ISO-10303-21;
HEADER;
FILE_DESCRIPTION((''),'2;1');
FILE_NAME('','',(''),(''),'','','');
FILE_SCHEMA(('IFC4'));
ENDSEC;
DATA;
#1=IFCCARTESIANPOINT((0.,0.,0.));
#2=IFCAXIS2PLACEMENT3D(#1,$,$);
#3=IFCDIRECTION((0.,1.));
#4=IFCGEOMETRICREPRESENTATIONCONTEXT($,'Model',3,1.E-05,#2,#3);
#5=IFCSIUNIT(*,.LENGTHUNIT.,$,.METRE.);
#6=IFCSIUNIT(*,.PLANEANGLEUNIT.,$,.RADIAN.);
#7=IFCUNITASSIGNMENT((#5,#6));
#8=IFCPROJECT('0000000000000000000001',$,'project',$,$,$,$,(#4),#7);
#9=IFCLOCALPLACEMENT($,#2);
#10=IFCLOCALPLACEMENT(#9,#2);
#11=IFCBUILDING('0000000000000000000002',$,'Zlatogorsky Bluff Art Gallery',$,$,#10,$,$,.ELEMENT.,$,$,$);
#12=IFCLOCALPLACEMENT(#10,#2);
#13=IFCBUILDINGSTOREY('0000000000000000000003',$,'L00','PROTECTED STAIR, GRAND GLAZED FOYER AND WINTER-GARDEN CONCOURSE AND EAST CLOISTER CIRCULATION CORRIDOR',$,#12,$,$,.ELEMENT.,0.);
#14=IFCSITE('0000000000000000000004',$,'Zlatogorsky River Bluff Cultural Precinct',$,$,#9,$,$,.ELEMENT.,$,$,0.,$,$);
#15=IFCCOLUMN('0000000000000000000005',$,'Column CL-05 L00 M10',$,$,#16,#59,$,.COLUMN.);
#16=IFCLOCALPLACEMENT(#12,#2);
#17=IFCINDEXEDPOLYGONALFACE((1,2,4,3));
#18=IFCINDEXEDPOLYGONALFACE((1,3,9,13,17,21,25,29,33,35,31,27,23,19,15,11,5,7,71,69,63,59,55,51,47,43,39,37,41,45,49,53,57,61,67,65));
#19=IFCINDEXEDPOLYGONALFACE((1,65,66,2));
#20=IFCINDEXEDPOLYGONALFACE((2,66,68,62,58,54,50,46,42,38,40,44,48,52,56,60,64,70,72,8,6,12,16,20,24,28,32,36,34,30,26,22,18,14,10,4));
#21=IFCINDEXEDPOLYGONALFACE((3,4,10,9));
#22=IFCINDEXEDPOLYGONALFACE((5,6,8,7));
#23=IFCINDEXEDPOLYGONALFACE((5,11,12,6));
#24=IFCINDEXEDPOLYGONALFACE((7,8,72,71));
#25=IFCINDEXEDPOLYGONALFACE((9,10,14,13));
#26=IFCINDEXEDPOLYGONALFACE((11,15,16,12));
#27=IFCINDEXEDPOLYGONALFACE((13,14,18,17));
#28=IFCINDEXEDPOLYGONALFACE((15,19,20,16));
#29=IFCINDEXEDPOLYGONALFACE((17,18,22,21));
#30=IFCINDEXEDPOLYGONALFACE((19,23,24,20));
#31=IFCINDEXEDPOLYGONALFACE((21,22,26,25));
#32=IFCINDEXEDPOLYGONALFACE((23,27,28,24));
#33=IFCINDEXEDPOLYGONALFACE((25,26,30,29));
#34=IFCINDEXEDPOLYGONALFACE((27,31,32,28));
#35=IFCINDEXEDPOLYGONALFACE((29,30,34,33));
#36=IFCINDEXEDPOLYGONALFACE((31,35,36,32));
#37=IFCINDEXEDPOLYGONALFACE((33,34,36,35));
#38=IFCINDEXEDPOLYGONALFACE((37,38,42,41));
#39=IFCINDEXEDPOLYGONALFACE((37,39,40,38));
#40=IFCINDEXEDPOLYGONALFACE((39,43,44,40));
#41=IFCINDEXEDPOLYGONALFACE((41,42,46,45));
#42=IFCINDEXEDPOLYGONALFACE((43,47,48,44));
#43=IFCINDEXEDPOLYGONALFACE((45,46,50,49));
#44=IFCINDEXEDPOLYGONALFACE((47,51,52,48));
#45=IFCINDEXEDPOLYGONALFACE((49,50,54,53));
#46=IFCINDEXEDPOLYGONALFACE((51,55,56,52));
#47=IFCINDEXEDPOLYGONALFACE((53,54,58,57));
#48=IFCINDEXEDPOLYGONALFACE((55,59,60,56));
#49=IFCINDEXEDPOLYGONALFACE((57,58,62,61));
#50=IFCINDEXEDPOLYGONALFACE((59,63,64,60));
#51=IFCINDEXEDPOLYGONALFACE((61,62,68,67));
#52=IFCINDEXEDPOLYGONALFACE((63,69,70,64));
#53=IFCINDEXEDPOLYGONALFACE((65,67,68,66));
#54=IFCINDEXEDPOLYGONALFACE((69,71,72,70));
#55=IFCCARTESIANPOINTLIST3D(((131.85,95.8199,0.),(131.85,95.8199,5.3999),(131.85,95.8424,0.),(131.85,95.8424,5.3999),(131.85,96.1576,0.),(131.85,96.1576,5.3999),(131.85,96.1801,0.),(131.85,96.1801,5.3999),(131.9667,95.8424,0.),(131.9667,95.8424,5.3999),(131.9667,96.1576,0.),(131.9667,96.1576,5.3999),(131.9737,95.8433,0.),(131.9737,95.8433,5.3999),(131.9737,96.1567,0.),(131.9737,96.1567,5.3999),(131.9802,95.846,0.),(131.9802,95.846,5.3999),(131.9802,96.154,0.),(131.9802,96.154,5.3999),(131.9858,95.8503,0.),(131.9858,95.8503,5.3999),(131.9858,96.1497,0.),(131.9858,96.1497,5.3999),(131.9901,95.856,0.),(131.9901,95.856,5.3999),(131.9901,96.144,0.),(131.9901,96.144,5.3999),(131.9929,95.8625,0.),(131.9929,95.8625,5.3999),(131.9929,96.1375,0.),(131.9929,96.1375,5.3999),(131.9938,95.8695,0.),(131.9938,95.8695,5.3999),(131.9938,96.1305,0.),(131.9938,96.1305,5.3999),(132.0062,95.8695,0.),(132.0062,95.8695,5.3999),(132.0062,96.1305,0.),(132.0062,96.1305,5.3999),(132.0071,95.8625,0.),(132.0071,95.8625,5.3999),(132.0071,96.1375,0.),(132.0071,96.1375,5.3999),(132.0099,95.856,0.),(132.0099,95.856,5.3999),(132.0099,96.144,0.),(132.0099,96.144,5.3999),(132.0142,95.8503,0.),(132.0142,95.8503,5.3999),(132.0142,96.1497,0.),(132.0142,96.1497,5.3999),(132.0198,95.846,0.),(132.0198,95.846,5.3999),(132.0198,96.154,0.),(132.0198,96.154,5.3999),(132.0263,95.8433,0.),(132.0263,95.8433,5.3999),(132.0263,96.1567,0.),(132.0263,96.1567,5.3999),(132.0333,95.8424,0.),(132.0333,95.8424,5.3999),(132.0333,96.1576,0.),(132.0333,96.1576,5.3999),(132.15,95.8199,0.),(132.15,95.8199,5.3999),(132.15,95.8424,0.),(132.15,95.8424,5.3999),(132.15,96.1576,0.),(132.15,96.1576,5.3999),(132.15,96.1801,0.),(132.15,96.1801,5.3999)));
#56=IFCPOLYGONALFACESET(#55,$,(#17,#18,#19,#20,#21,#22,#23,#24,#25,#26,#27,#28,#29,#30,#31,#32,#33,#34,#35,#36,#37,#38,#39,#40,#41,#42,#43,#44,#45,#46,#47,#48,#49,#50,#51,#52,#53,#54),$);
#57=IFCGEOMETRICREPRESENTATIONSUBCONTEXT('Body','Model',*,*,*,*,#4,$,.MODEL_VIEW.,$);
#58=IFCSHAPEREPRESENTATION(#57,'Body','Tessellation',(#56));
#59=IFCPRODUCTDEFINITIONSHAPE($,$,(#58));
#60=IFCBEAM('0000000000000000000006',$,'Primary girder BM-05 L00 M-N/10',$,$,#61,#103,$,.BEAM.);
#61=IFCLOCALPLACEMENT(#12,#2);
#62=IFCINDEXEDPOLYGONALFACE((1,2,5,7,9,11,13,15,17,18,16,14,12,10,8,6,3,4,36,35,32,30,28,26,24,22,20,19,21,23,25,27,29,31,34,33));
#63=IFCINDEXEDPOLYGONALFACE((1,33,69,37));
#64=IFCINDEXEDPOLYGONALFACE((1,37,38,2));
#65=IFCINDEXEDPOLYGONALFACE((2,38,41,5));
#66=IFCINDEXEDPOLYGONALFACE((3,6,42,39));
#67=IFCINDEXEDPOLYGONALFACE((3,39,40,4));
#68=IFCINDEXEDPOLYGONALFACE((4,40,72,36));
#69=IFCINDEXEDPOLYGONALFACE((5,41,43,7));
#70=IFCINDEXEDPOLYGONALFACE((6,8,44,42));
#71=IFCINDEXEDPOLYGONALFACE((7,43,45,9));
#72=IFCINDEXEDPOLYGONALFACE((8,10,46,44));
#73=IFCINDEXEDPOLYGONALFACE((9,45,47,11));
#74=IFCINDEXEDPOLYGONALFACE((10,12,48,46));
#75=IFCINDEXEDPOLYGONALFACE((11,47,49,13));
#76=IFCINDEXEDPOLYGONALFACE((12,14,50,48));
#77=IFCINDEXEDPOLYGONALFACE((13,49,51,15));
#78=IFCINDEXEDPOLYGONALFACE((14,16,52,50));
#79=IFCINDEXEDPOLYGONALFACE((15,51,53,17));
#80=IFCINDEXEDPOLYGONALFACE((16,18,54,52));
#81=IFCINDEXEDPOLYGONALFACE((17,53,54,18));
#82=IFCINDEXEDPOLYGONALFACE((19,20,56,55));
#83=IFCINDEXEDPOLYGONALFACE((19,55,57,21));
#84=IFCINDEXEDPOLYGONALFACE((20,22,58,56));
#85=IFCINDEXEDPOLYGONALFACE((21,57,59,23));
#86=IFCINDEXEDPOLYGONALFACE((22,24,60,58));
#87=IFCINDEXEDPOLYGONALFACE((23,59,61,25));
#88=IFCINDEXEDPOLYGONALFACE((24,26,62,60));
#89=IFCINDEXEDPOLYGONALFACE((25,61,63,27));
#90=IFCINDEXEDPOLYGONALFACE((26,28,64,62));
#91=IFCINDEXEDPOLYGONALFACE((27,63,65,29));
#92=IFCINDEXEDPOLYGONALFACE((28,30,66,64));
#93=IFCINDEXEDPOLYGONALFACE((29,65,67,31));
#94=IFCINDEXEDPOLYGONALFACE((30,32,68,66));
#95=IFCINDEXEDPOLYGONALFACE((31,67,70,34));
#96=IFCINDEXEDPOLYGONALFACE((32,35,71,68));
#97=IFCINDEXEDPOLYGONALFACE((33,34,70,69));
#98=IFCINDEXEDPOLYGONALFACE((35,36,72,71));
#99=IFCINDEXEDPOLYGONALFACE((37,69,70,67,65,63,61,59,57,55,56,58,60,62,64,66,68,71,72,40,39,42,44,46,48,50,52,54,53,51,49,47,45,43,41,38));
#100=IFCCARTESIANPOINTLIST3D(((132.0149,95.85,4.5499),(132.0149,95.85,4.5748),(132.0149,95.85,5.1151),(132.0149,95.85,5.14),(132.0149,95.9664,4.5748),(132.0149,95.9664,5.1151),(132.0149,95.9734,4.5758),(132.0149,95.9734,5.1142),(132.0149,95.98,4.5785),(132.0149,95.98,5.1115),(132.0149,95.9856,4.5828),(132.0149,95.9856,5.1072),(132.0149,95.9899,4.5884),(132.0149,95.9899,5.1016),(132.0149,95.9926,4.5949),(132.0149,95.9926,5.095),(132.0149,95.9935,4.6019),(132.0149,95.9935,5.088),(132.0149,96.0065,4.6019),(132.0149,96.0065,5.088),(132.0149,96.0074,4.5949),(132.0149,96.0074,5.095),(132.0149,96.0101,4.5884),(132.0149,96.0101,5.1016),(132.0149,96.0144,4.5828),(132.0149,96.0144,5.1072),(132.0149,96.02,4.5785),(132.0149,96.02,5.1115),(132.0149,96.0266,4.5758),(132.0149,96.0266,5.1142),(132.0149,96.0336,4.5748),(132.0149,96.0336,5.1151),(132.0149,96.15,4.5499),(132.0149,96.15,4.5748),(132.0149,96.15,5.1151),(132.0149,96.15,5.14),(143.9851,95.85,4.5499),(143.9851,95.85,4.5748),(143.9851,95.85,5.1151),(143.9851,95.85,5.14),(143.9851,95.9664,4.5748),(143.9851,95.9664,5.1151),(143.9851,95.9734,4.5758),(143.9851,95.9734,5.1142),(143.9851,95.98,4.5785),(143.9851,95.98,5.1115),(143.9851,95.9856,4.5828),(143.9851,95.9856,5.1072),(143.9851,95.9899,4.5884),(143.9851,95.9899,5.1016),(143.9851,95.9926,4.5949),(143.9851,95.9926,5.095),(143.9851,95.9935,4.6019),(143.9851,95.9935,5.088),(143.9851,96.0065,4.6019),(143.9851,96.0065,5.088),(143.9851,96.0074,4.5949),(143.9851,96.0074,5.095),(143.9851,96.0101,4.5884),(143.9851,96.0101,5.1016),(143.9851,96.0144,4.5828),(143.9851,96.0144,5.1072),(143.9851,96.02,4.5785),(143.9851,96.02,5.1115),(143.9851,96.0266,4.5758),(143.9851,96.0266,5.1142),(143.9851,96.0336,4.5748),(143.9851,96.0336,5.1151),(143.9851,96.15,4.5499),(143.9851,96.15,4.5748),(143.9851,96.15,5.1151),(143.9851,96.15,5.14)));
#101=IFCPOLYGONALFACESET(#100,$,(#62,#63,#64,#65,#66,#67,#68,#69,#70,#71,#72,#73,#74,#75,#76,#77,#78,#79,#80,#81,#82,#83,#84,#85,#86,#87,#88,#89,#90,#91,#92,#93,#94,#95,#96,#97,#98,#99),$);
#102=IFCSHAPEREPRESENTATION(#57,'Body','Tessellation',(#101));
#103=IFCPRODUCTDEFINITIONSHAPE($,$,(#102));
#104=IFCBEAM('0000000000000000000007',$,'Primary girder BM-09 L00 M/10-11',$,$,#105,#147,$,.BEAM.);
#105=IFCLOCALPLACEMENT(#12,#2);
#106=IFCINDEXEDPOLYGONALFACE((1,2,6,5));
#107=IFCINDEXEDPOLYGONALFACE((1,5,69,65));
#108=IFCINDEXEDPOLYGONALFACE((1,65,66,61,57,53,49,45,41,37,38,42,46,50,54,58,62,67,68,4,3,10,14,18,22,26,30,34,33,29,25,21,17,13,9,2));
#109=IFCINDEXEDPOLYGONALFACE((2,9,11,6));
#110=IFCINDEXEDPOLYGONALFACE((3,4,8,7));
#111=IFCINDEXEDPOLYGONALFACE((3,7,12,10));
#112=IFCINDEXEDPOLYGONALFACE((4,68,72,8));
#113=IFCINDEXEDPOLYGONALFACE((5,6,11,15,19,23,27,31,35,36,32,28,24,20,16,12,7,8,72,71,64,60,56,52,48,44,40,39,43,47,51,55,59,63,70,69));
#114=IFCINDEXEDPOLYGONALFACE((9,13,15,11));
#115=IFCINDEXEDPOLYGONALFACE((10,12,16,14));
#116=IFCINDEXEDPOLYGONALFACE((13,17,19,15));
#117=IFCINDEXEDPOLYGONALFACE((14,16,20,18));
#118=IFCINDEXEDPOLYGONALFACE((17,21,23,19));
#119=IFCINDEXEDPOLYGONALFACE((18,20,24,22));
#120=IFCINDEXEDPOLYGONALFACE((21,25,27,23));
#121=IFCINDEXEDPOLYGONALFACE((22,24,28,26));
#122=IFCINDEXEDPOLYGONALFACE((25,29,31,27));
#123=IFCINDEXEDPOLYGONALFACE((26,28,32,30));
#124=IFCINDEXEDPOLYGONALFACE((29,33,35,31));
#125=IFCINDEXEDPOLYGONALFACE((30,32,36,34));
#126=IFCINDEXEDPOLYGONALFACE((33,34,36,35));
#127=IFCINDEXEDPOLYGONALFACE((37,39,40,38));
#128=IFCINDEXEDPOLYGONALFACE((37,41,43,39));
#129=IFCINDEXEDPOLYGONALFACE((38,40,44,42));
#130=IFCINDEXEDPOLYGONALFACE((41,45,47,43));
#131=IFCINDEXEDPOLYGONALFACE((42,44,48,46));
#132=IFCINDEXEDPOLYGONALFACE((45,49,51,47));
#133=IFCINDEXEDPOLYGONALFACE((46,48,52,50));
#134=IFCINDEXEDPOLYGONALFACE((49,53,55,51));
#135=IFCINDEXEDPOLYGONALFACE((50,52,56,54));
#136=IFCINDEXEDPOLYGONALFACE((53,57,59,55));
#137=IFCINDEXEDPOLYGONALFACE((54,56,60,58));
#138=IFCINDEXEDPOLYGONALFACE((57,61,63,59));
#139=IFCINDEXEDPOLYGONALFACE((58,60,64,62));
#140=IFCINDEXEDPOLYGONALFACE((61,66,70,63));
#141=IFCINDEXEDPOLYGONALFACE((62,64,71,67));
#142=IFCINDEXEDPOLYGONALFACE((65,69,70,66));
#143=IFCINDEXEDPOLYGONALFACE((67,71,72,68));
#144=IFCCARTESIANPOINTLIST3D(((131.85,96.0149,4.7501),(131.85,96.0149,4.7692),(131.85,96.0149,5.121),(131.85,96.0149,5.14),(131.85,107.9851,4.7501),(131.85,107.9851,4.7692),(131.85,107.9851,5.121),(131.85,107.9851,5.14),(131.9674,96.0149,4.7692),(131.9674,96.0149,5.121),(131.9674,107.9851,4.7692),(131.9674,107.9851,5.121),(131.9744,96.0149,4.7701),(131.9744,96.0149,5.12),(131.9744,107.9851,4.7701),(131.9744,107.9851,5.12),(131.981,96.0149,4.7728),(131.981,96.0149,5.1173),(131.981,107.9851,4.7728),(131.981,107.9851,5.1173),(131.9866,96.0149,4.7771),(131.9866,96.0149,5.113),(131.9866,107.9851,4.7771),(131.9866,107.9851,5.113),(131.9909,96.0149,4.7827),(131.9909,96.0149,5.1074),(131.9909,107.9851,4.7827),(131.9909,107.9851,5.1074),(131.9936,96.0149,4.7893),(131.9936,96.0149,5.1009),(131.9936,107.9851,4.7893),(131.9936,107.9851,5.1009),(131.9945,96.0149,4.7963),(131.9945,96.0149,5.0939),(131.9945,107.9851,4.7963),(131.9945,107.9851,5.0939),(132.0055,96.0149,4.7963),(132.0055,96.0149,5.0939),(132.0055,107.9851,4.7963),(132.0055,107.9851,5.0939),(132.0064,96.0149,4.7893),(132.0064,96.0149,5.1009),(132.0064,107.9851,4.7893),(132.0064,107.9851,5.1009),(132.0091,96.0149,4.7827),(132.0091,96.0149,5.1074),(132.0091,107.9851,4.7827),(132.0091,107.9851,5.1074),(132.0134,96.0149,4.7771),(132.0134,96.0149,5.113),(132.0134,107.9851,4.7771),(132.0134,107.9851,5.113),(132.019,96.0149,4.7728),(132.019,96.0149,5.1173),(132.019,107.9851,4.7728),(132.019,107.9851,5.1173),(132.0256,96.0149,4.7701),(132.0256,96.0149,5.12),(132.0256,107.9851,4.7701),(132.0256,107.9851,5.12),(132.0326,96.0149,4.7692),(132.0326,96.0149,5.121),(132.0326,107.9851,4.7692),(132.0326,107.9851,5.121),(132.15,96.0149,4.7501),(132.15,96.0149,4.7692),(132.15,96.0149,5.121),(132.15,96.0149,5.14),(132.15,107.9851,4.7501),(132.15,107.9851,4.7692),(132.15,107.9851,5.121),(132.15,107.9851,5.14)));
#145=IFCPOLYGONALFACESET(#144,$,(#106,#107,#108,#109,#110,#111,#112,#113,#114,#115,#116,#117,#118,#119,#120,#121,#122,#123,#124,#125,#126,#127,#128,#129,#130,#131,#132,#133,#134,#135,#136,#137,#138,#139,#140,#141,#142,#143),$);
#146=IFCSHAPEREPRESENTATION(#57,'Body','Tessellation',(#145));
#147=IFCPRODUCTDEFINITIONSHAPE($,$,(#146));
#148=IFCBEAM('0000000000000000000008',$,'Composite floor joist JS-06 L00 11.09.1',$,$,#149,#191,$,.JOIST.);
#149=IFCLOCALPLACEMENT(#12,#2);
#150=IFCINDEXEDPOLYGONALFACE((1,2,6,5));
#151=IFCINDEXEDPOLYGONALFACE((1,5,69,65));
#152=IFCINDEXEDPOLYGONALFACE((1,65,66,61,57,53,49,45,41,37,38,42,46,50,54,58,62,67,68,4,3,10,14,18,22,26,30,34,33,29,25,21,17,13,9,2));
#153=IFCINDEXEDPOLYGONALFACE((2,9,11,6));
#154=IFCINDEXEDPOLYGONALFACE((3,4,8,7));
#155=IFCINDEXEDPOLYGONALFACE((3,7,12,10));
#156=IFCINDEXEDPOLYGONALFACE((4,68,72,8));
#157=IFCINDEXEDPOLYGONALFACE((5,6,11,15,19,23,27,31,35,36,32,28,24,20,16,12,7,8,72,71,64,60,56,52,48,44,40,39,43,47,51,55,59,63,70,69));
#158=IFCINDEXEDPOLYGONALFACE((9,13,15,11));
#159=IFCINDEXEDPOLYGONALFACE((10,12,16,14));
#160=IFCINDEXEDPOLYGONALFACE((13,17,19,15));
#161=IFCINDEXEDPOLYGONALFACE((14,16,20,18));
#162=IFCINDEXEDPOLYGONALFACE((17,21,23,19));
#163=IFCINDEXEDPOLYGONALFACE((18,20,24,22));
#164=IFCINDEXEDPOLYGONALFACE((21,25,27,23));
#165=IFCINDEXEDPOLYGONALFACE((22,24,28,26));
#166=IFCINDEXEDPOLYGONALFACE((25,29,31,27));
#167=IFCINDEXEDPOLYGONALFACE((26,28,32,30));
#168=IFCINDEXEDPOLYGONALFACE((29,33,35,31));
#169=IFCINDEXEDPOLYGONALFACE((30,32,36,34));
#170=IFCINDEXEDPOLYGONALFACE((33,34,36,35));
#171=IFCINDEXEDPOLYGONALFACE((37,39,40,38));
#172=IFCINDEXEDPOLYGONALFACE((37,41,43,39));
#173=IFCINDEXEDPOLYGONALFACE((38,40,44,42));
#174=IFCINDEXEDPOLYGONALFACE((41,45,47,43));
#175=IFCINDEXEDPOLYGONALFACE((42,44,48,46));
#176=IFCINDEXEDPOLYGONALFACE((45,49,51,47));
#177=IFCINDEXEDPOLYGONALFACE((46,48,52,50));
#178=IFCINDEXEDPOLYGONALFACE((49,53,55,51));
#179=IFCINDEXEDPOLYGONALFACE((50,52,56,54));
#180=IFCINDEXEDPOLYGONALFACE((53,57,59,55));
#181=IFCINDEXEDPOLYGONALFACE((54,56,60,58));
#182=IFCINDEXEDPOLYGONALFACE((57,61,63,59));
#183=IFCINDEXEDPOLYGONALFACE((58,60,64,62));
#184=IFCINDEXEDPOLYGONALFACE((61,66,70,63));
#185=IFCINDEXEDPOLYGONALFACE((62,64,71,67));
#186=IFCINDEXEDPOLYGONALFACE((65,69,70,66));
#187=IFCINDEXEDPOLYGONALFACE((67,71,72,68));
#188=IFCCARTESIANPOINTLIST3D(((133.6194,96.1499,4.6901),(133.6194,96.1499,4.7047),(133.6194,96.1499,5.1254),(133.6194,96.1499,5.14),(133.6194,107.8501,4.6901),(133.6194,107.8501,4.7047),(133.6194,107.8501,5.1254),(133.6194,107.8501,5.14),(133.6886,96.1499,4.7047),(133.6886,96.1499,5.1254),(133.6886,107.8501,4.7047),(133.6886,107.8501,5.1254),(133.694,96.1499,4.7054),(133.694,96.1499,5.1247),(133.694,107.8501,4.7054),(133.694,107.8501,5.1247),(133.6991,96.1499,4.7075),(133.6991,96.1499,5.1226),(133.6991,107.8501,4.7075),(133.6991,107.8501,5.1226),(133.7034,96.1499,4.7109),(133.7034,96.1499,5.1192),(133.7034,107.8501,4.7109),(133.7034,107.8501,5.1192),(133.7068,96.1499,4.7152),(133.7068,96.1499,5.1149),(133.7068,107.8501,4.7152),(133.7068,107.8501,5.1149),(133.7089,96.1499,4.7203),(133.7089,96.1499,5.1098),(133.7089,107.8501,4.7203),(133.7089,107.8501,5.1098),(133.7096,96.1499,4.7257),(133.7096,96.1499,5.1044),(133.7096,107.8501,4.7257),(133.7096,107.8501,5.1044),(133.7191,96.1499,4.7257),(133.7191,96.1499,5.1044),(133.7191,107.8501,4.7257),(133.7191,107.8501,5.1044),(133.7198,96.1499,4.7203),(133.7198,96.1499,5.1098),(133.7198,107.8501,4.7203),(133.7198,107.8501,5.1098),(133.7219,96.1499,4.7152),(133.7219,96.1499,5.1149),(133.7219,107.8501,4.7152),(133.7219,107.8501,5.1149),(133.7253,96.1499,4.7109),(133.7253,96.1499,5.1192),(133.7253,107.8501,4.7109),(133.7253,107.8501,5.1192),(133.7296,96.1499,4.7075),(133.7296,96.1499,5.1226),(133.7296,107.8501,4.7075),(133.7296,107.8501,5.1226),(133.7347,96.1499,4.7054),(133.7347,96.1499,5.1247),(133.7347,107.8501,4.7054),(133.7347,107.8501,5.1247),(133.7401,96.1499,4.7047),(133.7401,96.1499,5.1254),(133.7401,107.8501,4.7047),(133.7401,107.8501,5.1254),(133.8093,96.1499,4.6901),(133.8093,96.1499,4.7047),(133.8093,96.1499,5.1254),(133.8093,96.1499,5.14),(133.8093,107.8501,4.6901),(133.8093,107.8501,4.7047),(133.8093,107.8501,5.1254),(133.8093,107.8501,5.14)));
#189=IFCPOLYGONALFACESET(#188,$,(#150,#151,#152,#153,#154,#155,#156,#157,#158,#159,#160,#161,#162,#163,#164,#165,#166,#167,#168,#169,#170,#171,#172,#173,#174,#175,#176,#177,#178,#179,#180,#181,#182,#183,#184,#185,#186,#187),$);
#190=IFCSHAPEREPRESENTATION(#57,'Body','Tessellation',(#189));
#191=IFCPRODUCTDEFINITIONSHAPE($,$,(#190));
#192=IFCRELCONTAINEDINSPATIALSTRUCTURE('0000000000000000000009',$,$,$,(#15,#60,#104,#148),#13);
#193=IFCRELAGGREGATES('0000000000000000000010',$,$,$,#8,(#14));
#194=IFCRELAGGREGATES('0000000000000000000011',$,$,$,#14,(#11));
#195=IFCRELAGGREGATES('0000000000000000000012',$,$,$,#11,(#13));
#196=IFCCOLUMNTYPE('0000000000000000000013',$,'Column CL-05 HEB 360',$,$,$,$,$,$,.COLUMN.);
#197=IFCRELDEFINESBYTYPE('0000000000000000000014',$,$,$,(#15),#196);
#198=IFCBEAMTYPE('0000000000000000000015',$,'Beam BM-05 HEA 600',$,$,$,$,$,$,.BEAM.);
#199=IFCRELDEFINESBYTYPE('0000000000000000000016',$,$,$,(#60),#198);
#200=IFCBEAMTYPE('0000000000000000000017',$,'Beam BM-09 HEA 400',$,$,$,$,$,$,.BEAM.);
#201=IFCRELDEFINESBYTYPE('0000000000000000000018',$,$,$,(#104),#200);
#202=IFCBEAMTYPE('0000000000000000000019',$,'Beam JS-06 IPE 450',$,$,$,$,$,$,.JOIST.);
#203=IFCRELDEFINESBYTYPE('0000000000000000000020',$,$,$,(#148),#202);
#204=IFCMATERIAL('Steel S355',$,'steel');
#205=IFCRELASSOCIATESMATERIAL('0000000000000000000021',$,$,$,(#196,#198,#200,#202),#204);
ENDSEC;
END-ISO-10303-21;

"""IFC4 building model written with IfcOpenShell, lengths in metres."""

from ifc_helpers import new_model, si_unit, direction, frame, origin, origin_2d, place, context, subcontext, project, spatial, i_section, extrude, material, material_profile, profile_set, type_object, element, save


model = new_model("IFC4")

# Units and contexts
model_context = context("Model", 3, precision=1e-05, world=origin(), true_north=direction((0.0, 1.0)))
body_context = subcontext(model_context, "Body", "Model", "MODEL_VIEW")
ifc_project = project(units=[si_unit("LENGTHUNIT", "METRE"), si_unit("PLANEANGLEUNIT", "RADIAN")], contexts=[model_context])

# Site, building, storey
site_placement = place(None, origin())
site = spatial("IfcSite", under=ifc_project, at=site_placement, Name="Zlatogorsky River Bluff Cultural Precinct", CompositionType="ELEMENT", RefElevation=0.0)
building_placement = place(site_placement, origin())
building = spatial("IfcBuilding", under=site, at=building_placement, Name="Zlatogorsky Bluff Art Gallery", CompositionType="ELEMENT")
storey_placement = place(building_placement, origin())
storey = spatial("IfcBuildingStorey", under=building, at=storey_placement, Name="L00", Description="PROTECTED STAIR, GRAND GLAZED FOYER AND WINTER-GARDEN CONCOURSE AND EAST CLOISTER CIRCULATION CORRIDOR", CompositionType="ELEMENT", Elevation=0.0)

# Column
ifc_material_1 = material(Name="Steel S355", Category="steel")
ifc_material_profile_1 = material_profile(ifc_material_1, i_section(OverallWidth=0.3, OverallDepth=0.3601, WebThickness=0.0125, FlangeThickness=0.0225, FilletRadius=0.0271, at=origin_2d()), Name="HEB 360")
ifc_profile_set_1 = profile_set([ifc_material_profile_1], Name="Steel S355")
column_type = type_object("IfcColumnType", Name="Column CL-05 HEB 360", PredefinedType="COLUMN", material=ifc_profile_set_1)
column_placement = place(storey_placement, frame((132.0, 96.0, 0.0), z_axis=(0.0, 0.0, 1.0), x_axis=(1.0, 0.0, 0.0)))
element("IfcColumn", 1, at=column_placement, inside=storey, type_object=column_type, Name="Column CL-05 L00 M10", PredefinedType="COLUMN", context=body_context, shape_type="SweptSolid", body=[
    extrude(i_section(OverallWidth=0.3, OverallDepth=0.3601, WebThickness=0.0125, FlangeThickness=0.0225, FilletRadius=0.0271, at=origin_2d()), origin(), (0.0, 0.0, 1.0), 5.3999),
])

# Beams
ifc_material_profile_2 = material_profile(ifc_material_1, i_section(OverallWidth=0.3, OverallDepth=0.5901, WebThickness=0.0129, FlangeThickness=0.0249, FilletRadius=0.0271, at=origin_2d()), Name="HEA 600")
ifc_profile_set_2 = profile_set([ifc_material_profile_2], Name="Steel S355")
beam_type_1 = type_object("IfcBeamType", Name="Beam BM-05 HEA 600", PredefinedType="BEAM", material=ifc_profile_set_2)
beam_1_placement = place(storey_placement, frame((132.0149, 96.0, 4.845), z_axis=(1.0, 0.0, 0.0), x_axis=(0.0, 1.0, 0.0)))
element("IfcBeam", 2, at=beam_1_placement, inside=storey, type_object=beam_type_1, Name="Primary girder BM-05 L00 M-N/10", PredefinedType="BEAM", context=body_context, shape_type="SweptSolid", body=[
    extrude(i_section(OverallWidth=0.3, OverallDepth=0.5901, WebThickness=0.0129, FlangeThickness=0.0249, FilletRadius=0.0271, at=origin_2d()), origin(), (0.0, 0.0, 1.0), 11.9702),
])
ifc_material_profile_3 = material_profile(ifc_material_1, i_section(OverallWidth=0.3, OverallDepth=0.3899, WebThickness=0.011, FlangeThickness=0.019, FilletRadius=0.0271, at=origin_2d()), Name="HEA 400")
ifc_profile_set_3 = profile_set([ifc_material_profile_3], Name="Steel S355")
beam_type_2 = type_object("IfcBeamType", Name="Beam BM-09 HEA 400", PredefinedType="BEAM", material=ifc_profile_set_3)
beam_2_placement = place(storey_placement, frame((132.0, 96.0149, 4.9451), z_axis=(0.0, 1.0, 0.0), x_axis=(-1.0, 0.0, 0.0)))
element("IfcBeam", 3, at=beam_2_placement, inside=storey, type_object=beam_type_2, Name="Primary girder BM-09 L00 M/10-11", PredefinedType="BEAM", context=body_context, shape_type="SweptSolid", body=[
    extrude(i_section(OverallWidth=0.3, OverallDepth=0.3899, WebThickness=0.011, FlangeThickness=0.019, FilletRadius=0.0271, at=origin_2d()), origin(), (0.0, 0.0, 1.0), 11.9702),
])
ifc_material_profile_4 = material_profile(ifc_material_1, i_section(OverallWidth=0.1899, OverallDepth=0.45, WebThickness=0.0095, FlangeThickness=0.0146, FilletRadius=0.021, at=origin_2d()), Name="IPE 450")
ifc_profile_set_4 = profile_set([ifc_material_profile_4], Name="Steel S355")
beam_type_3 = type_object("IfcBeamType", Name="Beam JS-06 IPE 450", PredefinedType="JOIST", material=ifc_profile_set_4)
beam_3_placement = place(storey_placement, frame((133.7144, 96.1499, 4.915), z_axis=(0.0, 1.0, 0.0), x_axis=(-1.0, 0.0, 0.0)))
element("IfcBeam", 4, at=beam_3_placement, inside=storey, type_object=beam_type_3, Name="Composite floor joist JS-06 L00 11.09.1", PredefinedType="JOIST", context=body_context, shape_type="SweptSolid", body=[
    extrude(i_section(OverallWidth=0.1899, OverallDepth=0.45, WebThickness=0.0095, FlangeThickness=0.0146, FilletRadius=0.021, at=origin_2d()), origin(), (0.0, 0.0, 1.0), 11.7002),
])

save(model, "model.ifc")
